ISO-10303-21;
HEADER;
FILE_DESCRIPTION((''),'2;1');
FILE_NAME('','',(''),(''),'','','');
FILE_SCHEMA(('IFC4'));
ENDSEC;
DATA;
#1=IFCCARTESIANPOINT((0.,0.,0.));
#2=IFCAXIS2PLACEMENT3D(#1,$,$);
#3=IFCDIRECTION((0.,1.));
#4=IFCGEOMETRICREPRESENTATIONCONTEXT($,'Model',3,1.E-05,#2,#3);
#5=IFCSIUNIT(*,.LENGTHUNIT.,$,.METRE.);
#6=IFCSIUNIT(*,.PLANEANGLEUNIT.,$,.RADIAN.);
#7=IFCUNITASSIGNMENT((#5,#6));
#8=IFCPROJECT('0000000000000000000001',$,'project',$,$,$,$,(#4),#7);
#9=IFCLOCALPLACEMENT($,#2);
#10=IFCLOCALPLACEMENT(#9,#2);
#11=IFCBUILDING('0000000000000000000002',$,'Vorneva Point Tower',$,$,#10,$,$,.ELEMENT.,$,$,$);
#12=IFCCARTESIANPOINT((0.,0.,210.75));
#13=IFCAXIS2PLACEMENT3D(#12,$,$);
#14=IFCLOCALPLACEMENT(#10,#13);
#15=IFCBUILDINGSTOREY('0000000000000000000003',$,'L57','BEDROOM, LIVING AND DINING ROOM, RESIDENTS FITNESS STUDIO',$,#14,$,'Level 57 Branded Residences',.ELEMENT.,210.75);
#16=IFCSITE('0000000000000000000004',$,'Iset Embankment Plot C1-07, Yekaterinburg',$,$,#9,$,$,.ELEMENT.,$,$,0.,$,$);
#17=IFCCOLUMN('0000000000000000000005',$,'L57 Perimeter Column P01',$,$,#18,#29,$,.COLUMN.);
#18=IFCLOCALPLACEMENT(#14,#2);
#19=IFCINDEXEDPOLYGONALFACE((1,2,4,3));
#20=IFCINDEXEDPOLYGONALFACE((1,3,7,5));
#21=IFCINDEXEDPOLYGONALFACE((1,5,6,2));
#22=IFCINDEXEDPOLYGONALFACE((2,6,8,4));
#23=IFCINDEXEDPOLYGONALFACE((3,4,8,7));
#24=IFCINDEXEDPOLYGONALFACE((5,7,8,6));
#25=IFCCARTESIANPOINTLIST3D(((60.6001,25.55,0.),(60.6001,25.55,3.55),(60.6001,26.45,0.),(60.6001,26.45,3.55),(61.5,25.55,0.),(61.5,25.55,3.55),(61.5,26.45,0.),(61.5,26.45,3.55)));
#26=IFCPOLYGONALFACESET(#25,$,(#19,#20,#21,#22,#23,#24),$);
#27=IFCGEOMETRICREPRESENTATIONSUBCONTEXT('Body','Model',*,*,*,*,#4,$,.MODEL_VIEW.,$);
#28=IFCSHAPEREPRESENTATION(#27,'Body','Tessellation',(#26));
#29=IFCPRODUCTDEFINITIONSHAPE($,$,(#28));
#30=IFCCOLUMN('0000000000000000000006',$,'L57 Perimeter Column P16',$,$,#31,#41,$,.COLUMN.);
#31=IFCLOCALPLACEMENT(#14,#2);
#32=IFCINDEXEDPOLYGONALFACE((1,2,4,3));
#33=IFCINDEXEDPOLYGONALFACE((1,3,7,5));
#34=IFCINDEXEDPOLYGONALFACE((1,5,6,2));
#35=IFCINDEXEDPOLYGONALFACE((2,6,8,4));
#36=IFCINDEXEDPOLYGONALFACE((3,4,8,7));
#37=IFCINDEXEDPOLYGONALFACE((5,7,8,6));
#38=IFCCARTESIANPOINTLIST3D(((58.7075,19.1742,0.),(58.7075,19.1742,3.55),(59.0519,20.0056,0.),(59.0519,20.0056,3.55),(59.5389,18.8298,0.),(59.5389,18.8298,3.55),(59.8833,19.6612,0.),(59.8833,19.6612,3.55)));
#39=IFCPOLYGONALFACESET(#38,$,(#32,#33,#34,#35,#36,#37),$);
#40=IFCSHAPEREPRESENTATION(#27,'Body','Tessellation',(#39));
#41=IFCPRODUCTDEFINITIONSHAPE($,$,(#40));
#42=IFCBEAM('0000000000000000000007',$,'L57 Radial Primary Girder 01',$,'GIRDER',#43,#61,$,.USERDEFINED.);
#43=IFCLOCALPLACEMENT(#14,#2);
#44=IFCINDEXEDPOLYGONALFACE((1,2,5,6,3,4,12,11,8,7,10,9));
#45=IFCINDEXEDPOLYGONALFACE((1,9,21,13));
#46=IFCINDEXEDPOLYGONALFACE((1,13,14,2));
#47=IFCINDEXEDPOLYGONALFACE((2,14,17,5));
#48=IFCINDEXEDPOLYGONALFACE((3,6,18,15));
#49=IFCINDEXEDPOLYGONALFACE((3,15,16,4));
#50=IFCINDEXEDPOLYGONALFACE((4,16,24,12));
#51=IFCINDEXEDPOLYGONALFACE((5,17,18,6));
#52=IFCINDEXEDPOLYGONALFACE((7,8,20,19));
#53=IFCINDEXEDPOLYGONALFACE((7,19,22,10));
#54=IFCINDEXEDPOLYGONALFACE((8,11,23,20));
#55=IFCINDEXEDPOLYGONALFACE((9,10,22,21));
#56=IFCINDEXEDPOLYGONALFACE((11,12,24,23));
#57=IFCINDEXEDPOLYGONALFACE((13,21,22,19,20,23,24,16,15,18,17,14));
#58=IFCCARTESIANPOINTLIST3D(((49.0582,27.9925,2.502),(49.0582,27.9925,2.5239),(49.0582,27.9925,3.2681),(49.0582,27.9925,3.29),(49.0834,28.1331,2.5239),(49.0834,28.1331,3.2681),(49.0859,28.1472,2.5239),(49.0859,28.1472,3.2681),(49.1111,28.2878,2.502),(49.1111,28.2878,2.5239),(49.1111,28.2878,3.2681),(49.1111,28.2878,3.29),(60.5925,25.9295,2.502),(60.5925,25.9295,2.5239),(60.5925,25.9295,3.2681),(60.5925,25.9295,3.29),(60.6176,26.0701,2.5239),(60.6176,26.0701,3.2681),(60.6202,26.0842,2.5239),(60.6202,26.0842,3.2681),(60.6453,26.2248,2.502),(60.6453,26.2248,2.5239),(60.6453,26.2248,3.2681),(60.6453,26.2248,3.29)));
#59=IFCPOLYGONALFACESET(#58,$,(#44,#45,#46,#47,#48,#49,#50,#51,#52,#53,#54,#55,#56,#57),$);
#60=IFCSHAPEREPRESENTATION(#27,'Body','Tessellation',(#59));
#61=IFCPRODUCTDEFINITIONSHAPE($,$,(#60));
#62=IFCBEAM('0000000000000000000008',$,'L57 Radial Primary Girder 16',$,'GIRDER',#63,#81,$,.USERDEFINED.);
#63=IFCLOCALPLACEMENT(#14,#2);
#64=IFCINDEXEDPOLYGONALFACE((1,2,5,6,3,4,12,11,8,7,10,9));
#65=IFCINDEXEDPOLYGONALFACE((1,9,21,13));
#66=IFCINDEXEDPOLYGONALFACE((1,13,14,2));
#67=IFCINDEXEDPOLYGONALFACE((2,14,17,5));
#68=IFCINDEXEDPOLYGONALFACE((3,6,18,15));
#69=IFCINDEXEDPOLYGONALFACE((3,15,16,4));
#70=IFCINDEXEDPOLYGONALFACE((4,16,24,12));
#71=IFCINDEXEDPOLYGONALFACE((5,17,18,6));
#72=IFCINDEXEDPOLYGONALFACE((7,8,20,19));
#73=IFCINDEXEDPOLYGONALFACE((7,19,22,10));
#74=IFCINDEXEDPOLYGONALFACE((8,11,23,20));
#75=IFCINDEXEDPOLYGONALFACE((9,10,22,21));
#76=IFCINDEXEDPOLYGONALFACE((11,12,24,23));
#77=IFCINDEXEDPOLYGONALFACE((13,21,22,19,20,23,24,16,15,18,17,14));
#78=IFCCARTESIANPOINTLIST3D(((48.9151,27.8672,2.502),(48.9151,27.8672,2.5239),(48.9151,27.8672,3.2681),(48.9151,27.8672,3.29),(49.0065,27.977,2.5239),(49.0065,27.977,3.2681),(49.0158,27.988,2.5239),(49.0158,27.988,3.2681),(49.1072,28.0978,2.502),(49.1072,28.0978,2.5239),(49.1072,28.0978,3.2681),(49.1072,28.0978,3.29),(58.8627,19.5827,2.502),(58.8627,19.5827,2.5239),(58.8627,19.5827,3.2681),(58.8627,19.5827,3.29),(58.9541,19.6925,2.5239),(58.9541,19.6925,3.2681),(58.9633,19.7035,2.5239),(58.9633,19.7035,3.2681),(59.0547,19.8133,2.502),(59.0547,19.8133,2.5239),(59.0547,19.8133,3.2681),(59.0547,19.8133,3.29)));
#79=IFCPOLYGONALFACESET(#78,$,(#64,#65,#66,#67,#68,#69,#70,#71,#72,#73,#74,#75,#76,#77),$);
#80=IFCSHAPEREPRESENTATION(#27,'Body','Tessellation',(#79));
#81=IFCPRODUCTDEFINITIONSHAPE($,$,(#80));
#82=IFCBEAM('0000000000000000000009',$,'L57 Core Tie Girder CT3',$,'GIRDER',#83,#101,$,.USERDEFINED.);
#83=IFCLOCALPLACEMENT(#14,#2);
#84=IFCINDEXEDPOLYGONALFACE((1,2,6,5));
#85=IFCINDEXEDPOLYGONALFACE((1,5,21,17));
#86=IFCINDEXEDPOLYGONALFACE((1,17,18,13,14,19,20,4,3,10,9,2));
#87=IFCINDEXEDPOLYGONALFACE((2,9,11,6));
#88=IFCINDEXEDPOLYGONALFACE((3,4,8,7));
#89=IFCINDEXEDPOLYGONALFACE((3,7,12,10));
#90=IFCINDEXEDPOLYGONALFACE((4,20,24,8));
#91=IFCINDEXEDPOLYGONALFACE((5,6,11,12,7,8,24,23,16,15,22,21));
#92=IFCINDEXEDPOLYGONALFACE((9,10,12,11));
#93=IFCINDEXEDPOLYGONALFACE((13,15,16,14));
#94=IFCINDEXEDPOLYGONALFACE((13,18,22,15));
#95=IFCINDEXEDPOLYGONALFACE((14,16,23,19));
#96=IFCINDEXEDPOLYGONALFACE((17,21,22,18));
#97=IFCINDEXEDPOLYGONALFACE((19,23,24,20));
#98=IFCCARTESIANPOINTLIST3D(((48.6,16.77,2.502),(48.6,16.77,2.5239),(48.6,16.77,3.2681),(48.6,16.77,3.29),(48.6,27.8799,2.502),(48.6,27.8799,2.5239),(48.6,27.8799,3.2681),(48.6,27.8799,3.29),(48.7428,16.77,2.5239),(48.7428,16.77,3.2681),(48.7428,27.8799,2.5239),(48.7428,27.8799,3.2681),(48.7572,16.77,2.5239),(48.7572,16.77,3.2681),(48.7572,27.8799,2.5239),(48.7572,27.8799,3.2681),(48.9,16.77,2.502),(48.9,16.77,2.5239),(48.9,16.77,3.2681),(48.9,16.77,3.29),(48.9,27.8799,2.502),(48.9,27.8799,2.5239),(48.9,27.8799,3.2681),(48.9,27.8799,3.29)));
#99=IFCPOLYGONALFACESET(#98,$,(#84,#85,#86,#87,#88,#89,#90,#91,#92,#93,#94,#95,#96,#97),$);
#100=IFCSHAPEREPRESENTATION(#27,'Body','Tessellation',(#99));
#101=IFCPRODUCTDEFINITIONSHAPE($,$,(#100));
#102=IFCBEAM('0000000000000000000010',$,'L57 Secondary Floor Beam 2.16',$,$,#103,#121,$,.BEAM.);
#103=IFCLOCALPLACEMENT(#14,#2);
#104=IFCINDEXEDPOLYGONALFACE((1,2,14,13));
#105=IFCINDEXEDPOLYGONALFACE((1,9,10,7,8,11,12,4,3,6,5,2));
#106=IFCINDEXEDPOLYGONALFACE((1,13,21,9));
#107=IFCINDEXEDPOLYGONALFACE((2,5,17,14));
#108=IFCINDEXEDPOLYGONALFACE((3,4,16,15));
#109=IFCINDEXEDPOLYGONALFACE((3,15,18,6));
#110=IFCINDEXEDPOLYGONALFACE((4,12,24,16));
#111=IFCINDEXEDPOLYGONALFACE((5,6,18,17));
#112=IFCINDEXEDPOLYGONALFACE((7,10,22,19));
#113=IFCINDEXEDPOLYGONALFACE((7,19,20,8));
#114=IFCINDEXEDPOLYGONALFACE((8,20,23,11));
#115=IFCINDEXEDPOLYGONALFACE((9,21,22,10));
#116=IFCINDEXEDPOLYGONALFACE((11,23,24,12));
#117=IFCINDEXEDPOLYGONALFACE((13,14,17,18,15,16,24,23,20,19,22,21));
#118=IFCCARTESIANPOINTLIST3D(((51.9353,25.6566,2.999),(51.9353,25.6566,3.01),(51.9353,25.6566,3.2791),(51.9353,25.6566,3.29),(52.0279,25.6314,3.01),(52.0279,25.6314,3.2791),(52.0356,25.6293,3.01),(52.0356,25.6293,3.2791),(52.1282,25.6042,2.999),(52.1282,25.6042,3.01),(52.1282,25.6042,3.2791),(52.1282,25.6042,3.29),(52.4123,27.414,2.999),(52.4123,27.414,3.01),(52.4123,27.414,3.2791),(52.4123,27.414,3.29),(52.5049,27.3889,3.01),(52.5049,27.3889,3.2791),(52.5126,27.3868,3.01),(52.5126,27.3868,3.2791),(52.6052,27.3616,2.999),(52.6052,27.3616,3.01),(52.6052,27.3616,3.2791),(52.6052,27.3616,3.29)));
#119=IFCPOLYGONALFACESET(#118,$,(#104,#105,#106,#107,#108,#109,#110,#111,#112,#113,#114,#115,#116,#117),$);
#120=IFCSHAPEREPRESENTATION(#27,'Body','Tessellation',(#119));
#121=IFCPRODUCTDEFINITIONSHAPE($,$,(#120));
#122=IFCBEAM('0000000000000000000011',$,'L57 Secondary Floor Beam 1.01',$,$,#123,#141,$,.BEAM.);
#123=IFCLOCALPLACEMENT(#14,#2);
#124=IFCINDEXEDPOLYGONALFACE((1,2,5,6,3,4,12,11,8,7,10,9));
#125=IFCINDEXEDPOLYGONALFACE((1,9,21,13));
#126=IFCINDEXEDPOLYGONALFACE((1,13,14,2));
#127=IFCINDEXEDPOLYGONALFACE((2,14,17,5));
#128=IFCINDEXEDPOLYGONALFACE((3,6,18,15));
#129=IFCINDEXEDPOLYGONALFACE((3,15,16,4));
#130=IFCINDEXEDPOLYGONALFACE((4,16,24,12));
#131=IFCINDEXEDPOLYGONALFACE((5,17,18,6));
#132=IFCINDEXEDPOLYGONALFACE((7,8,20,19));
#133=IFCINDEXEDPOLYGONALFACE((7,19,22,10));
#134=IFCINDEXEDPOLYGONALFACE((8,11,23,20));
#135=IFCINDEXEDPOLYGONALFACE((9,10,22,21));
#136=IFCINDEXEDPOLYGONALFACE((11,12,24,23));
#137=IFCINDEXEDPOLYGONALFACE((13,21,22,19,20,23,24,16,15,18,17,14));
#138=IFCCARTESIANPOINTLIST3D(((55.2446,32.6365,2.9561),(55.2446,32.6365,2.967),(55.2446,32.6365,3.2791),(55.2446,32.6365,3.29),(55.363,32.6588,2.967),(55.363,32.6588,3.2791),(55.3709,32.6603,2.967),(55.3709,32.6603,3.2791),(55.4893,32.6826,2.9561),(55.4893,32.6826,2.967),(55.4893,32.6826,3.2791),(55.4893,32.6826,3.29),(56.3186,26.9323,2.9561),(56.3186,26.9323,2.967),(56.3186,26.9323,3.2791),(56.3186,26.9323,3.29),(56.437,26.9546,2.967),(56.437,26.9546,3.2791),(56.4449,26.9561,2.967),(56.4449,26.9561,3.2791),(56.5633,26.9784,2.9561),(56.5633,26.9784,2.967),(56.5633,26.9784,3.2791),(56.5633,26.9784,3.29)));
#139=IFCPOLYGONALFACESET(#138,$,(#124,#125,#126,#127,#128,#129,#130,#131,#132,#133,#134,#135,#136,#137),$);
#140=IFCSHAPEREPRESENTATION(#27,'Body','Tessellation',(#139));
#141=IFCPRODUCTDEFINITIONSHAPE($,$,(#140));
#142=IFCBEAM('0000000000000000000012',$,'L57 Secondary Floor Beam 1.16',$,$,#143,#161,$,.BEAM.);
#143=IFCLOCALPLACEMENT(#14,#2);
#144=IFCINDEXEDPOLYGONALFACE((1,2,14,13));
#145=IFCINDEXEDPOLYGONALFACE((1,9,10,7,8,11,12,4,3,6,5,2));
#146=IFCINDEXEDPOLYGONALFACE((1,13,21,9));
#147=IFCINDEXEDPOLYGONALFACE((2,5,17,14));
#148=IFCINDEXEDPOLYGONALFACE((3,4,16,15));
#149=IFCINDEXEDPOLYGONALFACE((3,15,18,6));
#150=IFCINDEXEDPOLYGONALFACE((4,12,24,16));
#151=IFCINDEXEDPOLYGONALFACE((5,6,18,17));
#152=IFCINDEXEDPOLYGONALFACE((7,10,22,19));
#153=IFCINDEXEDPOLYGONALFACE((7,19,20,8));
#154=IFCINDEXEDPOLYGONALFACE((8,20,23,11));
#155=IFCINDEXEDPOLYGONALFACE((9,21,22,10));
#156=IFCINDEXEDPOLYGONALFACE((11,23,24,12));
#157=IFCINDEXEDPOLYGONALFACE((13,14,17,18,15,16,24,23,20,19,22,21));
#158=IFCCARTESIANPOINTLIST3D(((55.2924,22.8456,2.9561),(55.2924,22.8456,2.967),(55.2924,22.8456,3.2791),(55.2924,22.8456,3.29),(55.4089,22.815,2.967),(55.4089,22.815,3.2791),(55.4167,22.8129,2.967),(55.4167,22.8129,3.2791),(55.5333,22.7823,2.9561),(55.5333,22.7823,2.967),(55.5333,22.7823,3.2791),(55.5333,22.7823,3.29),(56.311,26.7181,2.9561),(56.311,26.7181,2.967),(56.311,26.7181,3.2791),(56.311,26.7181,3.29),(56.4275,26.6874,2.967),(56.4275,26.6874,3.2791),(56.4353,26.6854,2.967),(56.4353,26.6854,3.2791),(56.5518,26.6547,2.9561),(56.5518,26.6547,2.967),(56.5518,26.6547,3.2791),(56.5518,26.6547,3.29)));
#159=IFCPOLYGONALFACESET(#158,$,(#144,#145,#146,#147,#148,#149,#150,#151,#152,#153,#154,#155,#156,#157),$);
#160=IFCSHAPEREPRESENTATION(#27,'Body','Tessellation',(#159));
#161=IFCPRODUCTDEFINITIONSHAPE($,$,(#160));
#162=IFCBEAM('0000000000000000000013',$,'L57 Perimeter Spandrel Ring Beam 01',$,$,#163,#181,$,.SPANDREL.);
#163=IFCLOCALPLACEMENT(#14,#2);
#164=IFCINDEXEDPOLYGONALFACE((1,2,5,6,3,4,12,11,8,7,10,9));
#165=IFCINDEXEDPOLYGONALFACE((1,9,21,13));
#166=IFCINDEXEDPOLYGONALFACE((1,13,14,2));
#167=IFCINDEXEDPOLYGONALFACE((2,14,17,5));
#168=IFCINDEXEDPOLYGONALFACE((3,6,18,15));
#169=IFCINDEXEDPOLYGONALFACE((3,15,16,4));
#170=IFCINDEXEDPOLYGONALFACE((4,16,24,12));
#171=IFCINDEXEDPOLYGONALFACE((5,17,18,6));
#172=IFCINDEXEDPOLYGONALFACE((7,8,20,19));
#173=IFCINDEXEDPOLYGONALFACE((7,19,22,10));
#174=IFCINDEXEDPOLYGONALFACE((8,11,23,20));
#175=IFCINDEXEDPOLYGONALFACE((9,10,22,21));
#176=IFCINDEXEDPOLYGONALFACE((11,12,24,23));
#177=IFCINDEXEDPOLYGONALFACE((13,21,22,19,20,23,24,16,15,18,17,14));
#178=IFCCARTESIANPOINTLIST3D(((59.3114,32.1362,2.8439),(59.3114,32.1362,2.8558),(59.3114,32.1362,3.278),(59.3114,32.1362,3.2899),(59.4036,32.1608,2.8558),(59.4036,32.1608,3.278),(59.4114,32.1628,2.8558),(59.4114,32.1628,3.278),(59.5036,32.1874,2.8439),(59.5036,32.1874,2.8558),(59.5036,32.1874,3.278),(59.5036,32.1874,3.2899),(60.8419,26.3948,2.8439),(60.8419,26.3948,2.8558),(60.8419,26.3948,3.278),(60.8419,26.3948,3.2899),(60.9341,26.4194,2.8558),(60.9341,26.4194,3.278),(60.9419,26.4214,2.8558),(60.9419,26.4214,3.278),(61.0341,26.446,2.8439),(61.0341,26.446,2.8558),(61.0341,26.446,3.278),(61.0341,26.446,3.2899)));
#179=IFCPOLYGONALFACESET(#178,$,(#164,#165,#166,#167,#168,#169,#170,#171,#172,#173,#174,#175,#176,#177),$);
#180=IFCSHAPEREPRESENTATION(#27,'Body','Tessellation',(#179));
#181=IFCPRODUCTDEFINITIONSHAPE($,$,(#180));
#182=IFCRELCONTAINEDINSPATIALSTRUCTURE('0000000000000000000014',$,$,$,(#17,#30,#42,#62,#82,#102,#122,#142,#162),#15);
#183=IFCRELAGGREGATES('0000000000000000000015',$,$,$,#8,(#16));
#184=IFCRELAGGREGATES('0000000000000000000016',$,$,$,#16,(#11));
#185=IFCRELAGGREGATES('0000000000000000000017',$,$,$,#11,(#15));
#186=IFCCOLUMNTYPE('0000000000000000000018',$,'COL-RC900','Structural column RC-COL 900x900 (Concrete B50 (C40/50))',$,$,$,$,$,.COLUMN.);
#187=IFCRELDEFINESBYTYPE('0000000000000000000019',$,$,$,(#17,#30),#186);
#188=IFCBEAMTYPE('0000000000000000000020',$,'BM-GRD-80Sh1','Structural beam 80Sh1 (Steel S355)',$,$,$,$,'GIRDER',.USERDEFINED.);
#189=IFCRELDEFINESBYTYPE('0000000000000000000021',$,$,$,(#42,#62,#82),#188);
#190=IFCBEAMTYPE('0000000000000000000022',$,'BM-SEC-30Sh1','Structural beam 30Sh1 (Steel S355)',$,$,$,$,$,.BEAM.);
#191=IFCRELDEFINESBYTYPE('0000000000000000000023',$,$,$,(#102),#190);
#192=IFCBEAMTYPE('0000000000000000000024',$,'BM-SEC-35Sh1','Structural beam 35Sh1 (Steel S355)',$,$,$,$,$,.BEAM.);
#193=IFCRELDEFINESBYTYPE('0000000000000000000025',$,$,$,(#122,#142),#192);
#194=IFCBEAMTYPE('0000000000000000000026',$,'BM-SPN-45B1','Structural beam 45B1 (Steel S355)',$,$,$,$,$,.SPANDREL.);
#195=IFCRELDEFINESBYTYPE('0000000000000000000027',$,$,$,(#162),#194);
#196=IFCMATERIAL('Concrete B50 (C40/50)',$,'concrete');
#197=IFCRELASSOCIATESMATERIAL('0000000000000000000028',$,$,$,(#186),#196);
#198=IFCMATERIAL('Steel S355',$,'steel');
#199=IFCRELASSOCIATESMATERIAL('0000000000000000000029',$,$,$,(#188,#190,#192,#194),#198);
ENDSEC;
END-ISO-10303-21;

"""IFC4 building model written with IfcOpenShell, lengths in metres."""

from ifc_helpers import new_model, si_unit, direction, frame, origin, origin_2d, place, context, subcontext, project, spatial, rectangle, i_section, extrude, material, material_profile, profile_set, type_object, element, save


model = new_model("IFC4")

# Units and contexts
model_context = context("Model", 3, precision=1e-05, world=origin(), true_north=direction((0.0, 1.0)))
body_context = subcontext(model_context, "Body", "Model", "MODEL_VIEW")
ifc_project = project(units=[si_unit("LENGTHUNIT", "METRE"), si_unit("PLANEANGLEUNIT", "RADIAN")], contexts=[model_context])

# Site, building, storey
site_placement = place(None, origin())
site = spatial("IfcSite", under=ifc_project, at=site_placement, Name="Iset Embankment Plot C1-07, Yekaterinburg", CompositionType="ELEMENT", RefElevation=0.0)
building_placement = place(site_placement, origin())
building = spatial("IfcBuilding", under=site, at=building_placement, Name="Vorneva Point Tower", CompositionType="ELEMENT")
storey_placement = place(building_placement, frame((0.0, 0.0, 210.75)))
storey = spatial("IfcBuildingStorey", under=building, at=storey_placement, Name="L57", Description="BEDROOM, LIVING AND DINING ROOM, RESIDENTS FITNESS STUDIO", LongName="Level 57 Branded Residences", CompositionType="ELEMENT", Elevation=210.75)

# Columns
ifc_material_1 = material(Name="Concrete B50 (C40/50)", Category="concrete")
ifc_material_profile_1 = material_profile(ifc_material_1, rectangle(XDim=0.8999, YDim=0.8999, at=origin_2d()), Name="RC-COL 900x900")
ifc_profile_set_1 = profile_set([ifc_material_profile_1], Name="Concrete B50 (C40/50)")
column_type = type_object("IfcColumnType", Name="COL-RC900", Description="Structural column RC-COL 900x900 (Concrete B50 (C40/50))", PredefinedType="COLUMN", material=ifc_profile_set_1)
for number, where, z_axis, x_axis, name in (
    (1, (61.05, 26.0, 0.0), (0.0, 0.0, 1.0), (1.0, 0.0, 0.0), "L57 Perimeter Column P01"),
    (2, (59.2954, 19.4177, 0.0), (0.0, 0.0, 1.0), (0.92388, -0.382683, 0.0), "L57 Perimeter Column P16"),
):
    element("IfcColumn", number, at=place(storey_placement, frame(where, z_axis=z_axis, x_axis=x_axis)), inside=storey, type_object=column_type, Name=name, PredefinedType="COLUMN", context=body_context, shape_type="SweptSolid", body=[
        extrude(rectangle(XDim=0.8999, YDim=0.8999, at=origin_2d()), origin(), (0.0, 0.0, 1.0), 3.55),
    ])

# Beams
ifc_material_2 = material(Name="Steel S355", Category="steel")
ifc_material_profile_2 = material_profile(ifc_material_2, i_section(OverallWidth=0.3, OverallDepth=0.7881, WebThickness=0.0144, FlangeThickness=0.022, at=origin_2d()), Name="80Sh1")
ifc_profile_set_2 = profile_set([ifc_material_profile_2], Name="Steel S355")
beam_type_1 = type_object("IfcBeamType", Name="BM-GRD-80Sh1", Description="Structural beam 80Sh1 (Steel S355)", ElementType="GIRDER", PredefinedType="USERDEFINED", material=ifc_profile_set_2)
beam_1_placement = place(storey_placement, frame((60.6189, 26.0771, 2.896), z_axis=(-0.984379, 0.176065, 0.0), x_axis=(-0.176065, -0.984379, 0.0)))
element("IfcBeam", 3, at=beam_1_placement, inside=storey, type_object=beam_type_1, Name="L57 Radial Primary Girder 01", ObjectType="GIRDER", PredefinedType="USERDEFINED", context=body_context, shape_type="SweptSolid", body=[
    extrude(i_section(OverallWidth=0.3, OverallDepth=0.7881, WebThickness=0.0144, FlangeThickness=0.022, at=origin_2d()), origin(), (0.0, 0.0, 1.0), 11.7173),
])
beam_2_placement = place(storey_placement, frame((58.9587, 19.698, 2.896), z_axis=(-0.768418, 0.639949, 0.0), x_axis=(-0.639949, -0.768418, 0.0)))
element("IfcBeam", 4, at=beam_2_placement, inside=storey, type_object=beam_type_1, Name="L57 Radial Primary Girder 16", ObjectType="GIRDER", PredefinedType="USERDEFINED", context=body_context, shape_type="SweptSolid", body=[
    extrude(i_section(OverallWidth=0.3, OverallDepth=0.7881, WebThickness=0.0144, FlangeThickness=0.022, at=origin_2d()), origin(), (0.0, 0.0, 1.0), 12.9456),
])
beam_3_placement = place(storey_placement, frame((48.75, 16.77, 2.896), z_axis=(0.0, 1.0, 0.0), x_axis=(-1.0, 0.0, 0.0)))
element("IfcBeam", 5, at=beam_3_placement, inside=storey, type_object=beam_type_1, Name="L57 Core Tie Girder CT3", ObjectType="GIRDER", PredefinedType="USERDEFINED", context=body_context, shape_type="SweptSolid", body=[
    extrude(i_section(OverallWidth=0.3, OverallDepth=0.7881, WebThickness=0.0144, FlangeThickness=0.022, at=origin_2d()), origin(), (0.0, 0.0, 1.0), 11.1099),
])
ifc_material_profile_3 = material_profile(ifc_material_2, i_section(OverallWidth=0.2, OverallDepth=0.291, WebThickness=0.0081, FlangeThickness=0.011, at=origin_2d()), Name="30Sh1")
ifc_profile_set_3 = profile_set([ifc_material_profile_3], Name="Steel S355")
beam_type_2 = type_object("IfcBeamType", Name="BM-SEC-30Sh1", Description="Structural beam 30Sh1 (Steel S355)", PredefinedType="BEAM", material=ifc_profile_set_3)
beam_4_placement = place(storey_placement, frame((52.0317, 25.6304, 3.1445), z_axis=(0.261949, 0.965082, 0.0), x_axis=(-0.965082, 0.261949, 0.0)))
element("IfcBeam", 6, at=beam_4_placement, inside=storey, type_object=beam_type_2, Name="L57 Secondary Floor Beam 2.16", PredefinedType="BEAM", context=body_context, shape_type="SweptSolid", body=[
    extrude(i_section(OverallWidth=0.2, OverallDepth=0.291, WebThickness=0.0081, FlangeThickness=0.011, at=origin_2d()), origin(), (0.0, 0.0, 1.0), 1.821),
])
ifc_material_profile_4 = material_profile(ifc_material_2, i_section(OverallWidth=0.249, OverallDepth=0.334, WebThickness=0.0081, FlangeThickness=0.011, at=origin_2d()), Name="35Sh1")
ifc_profile_set_4 = profile_set([ifc_material_profile_4], Name="Steel S355")
beam_type_3 = type_object("IfcBeamType", Name="BM-SEC-35Sh1", Description="Structural beam 35Sh1 (Steel S355)", PredefinedType="BEAM", material=ifc_profile_set_4)
beam_5_placement = place(storey_placement, frame((56.4409, 26.9553, 3.123), z_axis=(-0.18503, 0.982733, 0.0), x_axis=(-0.982733, -0.18503, 0.0)))
element("IfcBeam", 7, at=beam_5_placement, inside=storey, type_object=beam_type_3, Name="L57 Secondary Floor Beam 1.01", PredefinedType="BEAM", context=body_context, shape_type="SweptSolid", body=[
    extrude(i_section(OverallWidth=0.249, OverallDepth=0.334, WebThickness=0.0081, FlangeThickness=0.011, at=origin_2d()), origin(), (0.0, 0.0, 1.0), 5.8044),
])
beam_6_placement = place(storey_placement, frame((55.4128, 22.814, 3.123), z_axis=(0.254382, 0.967104, 0.0), x_axis=(-0.967104, 0.254382, 0.0)))
element("IfcBeam", 8, at=beam_6_placement, inside=storey, type_object=beam_type_3, Name="L57 Secondary Floor Beam 1.16", PredefinedType="BEAM", context=body_context, shape_type="SweptSolid", body=[
    extrude(i_section(OverallWidth=0.249, OverallDepth=0.334, WebThickness=0.0081, FlangeThickness=0.011, at=origin_2d()), origin(), (0.0, 0.0, 1.0), 4.0042),
])
ifc_material_profile_5 = material_profile(ifc_material_2, i_section(OverallWidth=0.199, OverallDepth=0.446, WebThickness=0.0081, FlangeThickness=0.012, at=origin_2d()), Name="45B1")
ifc_profile_set_5 = profile_set([ifc_material_profile_5], Name="Steel S355")
beam_type_4 = type_object("IfcBeamType", Name="BM-SPN-45B1", Description="Structural beam 45B1 (Steel S355)", PredefinedType="SPANDREL", material=ifc_profile_set_5)
for number, where, z_axis, x_axis, name in (
    (9, (60.938, 26.4204, 3.0669), (-0.257578, 0.966257, 0.0), (-0.966257, -0.257578, 0.0), "L57 Perimeter Spandrel Ring Beam 01"),
):
    element("IfcBeam", number, at=place(storey_placement, frame(where, z_axis=z_axis, x_axis=x_axis)), inside=storey, type_object=beam_type_4, Name=name, PredefinedType="SPANDREL", context=body_context, shape_type="SweptSolid", body=[
        extrude(i_section(OverallWidth=0.199, OverallDepth=0.446, WebThickness=0.0081, FlangeThickness=0.012, at=origin_2d()), origin(), (0.0, 0.0, 1.0), 5.9419),
    ])

save(model, "model.ifc")
